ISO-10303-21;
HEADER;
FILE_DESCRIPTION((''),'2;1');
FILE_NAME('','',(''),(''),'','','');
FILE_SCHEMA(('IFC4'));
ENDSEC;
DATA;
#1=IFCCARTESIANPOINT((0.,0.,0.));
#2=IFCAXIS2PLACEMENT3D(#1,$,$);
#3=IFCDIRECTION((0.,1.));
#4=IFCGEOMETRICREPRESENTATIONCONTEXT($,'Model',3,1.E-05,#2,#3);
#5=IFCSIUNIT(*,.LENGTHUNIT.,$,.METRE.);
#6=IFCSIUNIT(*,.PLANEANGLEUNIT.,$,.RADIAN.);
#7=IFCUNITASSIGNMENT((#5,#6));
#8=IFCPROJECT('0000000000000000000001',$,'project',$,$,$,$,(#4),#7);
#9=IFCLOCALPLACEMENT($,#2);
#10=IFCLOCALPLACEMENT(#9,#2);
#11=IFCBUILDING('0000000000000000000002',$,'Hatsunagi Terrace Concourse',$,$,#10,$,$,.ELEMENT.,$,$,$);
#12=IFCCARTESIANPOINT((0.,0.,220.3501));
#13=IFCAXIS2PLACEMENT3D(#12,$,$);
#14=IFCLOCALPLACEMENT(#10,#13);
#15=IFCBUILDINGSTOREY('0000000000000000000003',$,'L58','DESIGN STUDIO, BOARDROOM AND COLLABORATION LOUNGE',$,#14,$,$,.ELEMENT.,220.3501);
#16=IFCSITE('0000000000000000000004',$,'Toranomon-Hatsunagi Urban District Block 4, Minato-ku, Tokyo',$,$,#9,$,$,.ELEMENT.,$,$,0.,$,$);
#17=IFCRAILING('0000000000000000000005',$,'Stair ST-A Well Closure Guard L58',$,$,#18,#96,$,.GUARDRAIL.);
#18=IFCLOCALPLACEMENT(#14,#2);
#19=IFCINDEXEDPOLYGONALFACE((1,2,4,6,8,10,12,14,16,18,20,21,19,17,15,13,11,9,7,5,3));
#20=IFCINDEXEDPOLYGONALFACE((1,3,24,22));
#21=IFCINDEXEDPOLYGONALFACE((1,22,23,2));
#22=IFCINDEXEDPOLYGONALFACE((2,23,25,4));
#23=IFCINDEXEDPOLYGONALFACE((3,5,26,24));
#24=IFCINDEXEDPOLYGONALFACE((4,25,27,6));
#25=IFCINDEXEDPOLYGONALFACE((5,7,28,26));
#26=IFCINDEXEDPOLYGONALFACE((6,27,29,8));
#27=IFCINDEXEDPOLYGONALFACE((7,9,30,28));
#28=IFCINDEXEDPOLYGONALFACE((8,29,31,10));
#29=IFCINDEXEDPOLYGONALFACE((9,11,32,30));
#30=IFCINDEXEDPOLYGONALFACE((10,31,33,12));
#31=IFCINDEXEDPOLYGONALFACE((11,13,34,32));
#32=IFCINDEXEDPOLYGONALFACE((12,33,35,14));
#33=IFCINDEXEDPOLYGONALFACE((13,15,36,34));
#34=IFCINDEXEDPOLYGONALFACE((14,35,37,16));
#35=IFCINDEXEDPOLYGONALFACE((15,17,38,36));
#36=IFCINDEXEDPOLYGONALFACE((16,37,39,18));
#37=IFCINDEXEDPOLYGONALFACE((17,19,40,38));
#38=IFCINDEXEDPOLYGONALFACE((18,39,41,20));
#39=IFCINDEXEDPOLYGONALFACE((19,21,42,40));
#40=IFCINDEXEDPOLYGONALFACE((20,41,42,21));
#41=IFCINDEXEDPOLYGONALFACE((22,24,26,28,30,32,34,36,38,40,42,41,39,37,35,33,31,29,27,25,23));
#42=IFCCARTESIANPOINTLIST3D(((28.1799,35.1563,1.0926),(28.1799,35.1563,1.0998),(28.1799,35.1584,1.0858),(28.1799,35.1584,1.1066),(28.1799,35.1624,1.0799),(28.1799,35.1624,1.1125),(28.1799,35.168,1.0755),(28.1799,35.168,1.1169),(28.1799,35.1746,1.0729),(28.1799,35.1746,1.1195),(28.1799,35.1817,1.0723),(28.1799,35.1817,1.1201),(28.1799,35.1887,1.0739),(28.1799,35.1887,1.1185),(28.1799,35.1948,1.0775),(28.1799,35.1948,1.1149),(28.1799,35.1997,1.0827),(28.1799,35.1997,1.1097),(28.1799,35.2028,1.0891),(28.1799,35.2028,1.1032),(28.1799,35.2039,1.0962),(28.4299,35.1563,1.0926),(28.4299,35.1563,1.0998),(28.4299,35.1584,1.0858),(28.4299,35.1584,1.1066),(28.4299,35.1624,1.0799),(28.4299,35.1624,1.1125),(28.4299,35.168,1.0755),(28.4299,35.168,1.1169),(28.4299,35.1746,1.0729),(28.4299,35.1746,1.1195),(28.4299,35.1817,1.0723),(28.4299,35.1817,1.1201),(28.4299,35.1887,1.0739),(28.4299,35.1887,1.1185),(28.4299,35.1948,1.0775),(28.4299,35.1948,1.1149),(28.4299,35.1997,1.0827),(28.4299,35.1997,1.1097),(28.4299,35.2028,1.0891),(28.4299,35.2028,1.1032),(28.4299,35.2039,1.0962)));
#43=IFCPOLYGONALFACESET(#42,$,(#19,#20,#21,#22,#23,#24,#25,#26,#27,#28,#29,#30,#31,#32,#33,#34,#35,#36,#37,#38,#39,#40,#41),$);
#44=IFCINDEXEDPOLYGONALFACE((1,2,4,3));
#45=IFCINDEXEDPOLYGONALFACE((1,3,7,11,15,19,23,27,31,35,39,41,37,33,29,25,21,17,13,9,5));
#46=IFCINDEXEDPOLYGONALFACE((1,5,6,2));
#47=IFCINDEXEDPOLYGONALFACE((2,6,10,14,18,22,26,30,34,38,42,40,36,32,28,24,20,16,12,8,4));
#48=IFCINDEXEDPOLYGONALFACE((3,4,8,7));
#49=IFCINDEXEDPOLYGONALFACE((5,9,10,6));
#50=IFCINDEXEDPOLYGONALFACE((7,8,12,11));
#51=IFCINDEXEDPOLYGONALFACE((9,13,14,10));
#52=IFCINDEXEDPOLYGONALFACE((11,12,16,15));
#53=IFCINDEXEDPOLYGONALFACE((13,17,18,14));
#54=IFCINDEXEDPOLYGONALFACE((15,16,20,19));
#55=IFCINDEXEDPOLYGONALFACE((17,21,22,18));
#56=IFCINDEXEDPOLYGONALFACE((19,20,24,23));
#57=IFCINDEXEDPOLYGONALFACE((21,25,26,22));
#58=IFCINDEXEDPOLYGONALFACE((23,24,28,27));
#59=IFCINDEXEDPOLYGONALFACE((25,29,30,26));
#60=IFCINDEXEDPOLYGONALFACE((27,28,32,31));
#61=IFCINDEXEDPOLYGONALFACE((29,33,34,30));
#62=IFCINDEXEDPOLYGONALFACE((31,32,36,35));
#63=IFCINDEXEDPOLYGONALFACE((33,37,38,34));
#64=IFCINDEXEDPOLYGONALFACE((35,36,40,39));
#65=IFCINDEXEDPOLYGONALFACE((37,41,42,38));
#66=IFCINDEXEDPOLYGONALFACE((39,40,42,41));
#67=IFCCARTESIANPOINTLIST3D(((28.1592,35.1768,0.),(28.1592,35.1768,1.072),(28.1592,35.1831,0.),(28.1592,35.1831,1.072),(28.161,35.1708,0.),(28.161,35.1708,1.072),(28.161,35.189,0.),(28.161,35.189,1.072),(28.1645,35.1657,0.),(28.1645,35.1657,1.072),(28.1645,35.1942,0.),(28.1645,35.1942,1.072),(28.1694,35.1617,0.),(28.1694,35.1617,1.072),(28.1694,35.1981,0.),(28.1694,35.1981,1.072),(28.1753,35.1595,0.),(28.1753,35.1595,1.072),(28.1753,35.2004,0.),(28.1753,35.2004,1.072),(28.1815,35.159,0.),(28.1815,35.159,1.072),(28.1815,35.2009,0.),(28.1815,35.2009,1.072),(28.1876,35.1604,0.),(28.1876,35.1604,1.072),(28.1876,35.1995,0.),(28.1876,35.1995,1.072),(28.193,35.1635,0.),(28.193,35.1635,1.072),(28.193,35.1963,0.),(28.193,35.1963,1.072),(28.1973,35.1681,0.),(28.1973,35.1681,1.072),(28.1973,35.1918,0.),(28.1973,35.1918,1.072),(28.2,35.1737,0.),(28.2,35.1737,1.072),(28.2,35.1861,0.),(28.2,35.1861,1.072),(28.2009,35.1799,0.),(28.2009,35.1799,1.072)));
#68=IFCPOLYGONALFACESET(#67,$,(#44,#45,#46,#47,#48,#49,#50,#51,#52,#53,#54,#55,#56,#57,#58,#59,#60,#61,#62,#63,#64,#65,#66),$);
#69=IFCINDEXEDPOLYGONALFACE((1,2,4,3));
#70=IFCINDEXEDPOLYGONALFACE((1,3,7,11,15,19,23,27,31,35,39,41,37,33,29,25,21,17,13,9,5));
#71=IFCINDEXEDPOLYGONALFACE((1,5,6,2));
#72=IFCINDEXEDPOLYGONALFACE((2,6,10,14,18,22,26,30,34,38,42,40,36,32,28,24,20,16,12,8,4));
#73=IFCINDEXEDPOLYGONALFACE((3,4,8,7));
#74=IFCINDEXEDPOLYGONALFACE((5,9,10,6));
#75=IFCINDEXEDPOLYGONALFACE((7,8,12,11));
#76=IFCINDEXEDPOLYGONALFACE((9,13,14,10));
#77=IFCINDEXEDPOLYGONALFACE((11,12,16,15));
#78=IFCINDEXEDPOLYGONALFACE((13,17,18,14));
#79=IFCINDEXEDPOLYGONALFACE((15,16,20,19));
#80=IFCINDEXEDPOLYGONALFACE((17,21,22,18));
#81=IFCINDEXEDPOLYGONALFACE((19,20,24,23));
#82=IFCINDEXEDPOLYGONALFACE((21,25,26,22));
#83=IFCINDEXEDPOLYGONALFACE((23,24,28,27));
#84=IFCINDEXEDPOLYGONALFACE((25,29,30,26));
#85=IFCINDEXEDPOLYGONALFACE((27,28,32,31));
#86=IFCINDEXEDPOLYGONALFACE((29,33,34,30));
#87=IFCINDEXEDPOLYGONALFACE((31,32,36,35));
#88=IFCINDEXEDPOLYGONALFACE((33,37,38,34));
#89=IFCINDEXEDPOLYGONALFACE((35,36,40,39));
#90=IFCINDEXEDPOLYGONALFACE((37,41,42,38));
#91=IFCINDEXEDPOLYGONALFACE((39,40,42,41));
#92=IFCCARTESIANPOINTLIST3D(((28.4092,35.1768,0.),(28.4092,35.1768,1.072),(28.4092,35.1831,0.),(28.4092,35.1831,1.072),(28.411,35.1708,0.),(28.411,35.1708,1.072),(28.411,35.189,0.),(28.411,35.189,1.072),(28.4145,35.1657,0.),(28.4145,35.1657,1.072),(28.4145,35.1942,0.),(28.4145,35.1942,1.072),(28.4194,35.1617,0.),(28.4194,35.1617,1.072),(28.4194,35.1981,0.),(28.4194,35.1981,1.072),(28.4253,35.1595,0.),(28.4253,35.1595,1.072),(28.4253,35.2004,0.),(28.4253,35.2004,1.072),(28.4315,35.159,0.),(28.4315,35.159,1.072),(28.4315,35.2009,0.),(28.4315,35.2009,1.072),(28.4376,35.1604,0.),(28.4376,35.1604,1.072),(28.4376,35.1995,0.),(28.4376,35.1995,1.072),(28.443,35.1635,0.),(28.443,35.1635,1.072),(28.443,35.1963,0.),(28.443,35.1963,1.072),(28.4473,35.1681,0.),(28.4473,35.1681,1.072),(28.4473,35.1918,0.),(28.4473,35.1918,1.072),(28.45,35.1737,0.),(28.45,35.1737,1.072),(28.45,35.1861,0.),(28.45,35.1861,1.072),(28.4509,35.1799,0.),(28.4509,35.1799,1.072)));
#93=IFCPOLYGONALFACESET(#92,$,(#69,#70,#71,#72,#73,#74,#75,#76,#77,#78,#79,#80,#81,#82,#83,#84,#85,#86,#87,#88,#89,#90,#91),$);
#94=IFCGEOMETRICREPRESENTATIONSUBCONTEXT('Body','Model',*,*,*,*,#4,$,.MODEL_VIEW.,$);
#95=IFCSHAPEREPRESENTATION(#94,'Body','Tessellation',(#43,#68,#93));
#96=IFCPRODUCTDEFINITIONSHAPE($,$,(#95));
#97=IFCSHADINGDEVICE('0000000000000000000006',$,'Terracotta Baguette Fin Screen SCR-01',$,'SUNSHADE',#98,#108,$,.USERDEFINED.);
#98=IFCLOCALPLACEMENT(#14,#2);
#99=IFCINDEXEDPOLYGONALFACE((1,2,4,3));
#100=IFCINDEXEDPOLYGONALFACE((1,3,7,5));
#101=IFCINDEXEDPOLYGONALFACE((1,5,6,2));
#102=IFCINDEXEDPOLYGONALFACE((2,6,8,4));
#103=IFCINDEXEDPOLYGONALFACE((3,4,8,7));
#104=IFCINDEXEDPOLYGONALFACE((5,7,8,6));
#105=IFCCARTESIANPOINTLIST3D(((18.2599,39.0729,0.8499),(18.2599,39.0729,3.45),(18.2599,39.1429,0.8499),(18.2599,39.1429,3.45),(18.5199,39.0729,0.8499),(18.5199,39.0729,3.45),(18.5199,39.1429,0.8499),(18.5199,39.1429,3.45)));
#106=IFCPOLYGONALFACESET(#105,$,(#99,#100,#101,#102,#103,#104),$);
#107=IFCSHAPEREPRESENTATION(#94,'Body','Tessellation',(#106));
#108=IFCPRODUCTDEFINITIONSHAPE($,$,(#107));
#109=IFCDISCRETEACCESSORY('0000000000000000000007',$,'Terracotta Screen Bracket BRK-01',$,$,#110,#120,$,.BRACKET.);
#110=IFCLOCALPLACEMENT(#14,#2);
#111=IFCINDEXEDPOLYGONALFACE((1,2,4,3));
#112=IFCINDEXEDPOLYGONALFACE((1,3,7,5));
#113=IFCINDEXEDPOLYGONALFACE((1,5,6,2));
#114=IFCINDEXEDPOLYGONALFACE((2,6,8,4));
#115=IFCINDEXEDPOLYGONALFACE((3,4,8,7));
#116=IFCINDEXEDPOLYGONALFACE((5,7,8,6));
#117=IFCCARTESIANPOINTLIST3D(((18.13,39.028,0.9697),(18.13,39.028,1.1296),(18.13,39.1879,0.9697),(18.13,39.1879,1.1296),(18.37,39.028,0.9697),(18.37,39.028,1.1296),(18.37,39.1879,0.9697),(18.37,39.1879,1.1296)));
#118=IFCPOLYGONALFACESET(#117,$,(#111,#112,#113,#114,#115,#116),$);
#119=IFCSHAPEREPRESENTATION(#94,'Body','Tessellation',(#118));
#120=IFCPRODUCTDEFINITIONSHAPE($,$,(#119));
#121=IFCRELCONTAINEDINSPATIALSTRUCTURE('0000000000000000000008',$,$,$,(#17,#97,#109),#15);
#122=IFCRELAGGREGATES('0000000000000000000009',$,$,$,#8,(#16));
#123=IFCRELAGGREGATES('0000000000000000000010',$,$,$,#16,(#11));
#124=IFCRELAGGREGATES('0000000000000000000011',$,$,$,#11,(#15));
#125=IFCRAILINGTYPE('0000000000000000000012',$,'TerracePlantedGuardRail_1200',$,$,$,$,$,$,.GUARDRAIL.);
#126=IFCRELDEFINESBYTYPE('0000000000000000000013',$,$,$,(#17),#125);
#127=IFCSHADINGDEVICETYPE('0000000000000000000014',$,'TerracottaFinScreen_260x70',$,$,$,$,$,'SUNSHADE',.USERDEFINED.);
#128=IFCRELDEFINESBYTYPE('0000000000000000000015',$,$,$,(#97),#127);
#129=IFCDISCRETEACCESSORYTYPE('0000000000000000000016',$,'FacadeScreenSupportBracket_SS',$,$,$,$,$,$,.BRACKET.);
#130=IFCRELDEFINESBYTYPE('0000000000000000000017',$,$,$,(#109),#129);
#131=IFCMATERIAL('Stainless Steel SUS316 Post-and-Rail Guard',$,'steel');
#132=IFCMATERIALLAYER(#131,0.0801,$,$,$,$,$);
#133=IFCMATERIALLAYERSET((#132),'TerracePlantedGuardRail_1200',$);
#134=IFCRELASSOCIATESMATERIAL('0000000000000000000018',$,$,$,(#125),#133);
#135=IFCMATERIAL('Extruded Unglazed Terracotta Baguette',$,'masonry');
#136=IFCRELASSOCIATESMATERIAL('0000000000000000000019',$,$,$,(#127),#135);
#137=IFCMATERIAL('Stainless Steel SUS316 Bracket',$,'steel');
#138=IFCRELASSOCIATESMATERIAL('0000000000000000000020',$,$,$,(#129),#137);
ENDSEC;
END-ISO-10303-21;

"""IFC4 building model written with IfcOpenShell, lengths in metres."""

from ifc_helpers import new_model, si_unit, direction, frame, origin, origin_2d, place, context, subcontext, project, spatial, rectangle, circle, extrude, material, layer, layer_set, type_object, element, save


model = new_model("IFC4")

# Units and contexts
model_context = context("Model", 3, precision=1e-05, world=origin(), true_north=direction((0.0, 1.0)))
body_context = subcontext(model_context, "Body", "Model", "MODEL_VIEW")
ifc_project = project(units=[si_unit("LENGTHUNIT", "METRE"), si_unit("PLANEANGLEUNIT", "RADIAN")], contexts=[model_context])

# Site, building, storey
site_placement = place(None, origin())
site = spatial("IfcSite", under=ifc_project, at=site_placement, Name="Toranomon-Hatsunagi Urban District Block 4, Minato-ku, Tokyo", CompositionType="ELEMENT", RefElevation=0.0)
building_placement = place(site_placement, origin())
building = spatial("IfcBuilding", under=site, at=building_placement, Name="Hatsunagi Terrace Concourse", CompositionType="ELEMENT")
storey_placement = place(building_placement, frame((0.0, 0.0, 220.3501)))
storey = spatial("IfcBuildingStorey", under=building, at=storey_placement, Name="L58", Description="DESIGN STUDIO, BOARDROOM AND COLLABORATION LOUNGE", CompositionType="ELEMENT", Elevation=220.3501)

# Railing
ifc_material_1 = material(Name="Stainless Steel SUS316 Post-and-Rail Guard", Category="steel")
ifc_layer_1 = layer(ifc_material_1, 0.0801)
ifc_layer_set_1 = layer_set([ifc_layer_1], Name="TerracePlantedGuardRail_1200")
railing_type_1 = type_object("IfcRailingType", Name="TerracePlantedGuardRail_1200", PredefinedType="GUARDRAIL", material=ifc_layer_set_1)
railing_1_placement = place(storey_placement, frame((28.1799, 35.1799, 0.0)))
element("IfcRailing", 1, at=railing_1_placement, inside=storey, type_object=railing_type_1, Name="Stair ST-A Well Closure Guard L58", PredefinedType="GUARDRAIL", context=body_context, shape_type="SweptSolid", body=[
    extrude(circle(Radius=0.0239, at=origin_2d()), frame((0.0, 0.0, 1.0962), z_axis=(1.0, 0.0, 0.0), x_axis=(0.0, 1.0, 0.0)), (0.0, 0.0, 1.0), 0.25),
    extrude(circle(Radius=0.021, at=origin_2d()), origin(), (0.0, 0.0, 1.0), 1.072),
    extrude(circle(Radius=0.021, at=origin_2d()), frame((0.25, 0.0, 0.0)), (0.0, 0.0, 1.0), 1.072),
])

# Shading device
ifc_material_2 = material(Name="Extruded Unglazed Terracotta Baguette", Category="masonry")
shading_device_type = type_object("IfcShadingDeviceType", Name="TerracottaFinScreen_260x70", ElementType="SUNSHADE", PredefinedType="USERDEFINED", material=ifc_material_2)
shading_device_placement = place(storey_placement, frame((18.3899, 39.1079, 0.8499), z_axis=(0.0, 0.0, 1.0), x_axis=(0.0, 1.0, 0.0)))
element("IfcShadingDevice", 2, at=shading_device_placement, inside=storey, type_object=shading_device_type, Name="Terracotta Baguette Fin Screen SCR-01", ObjectType="SUNSHADE", PredefinedType="USERDEFINED", context=body_context, shape_type="SweptSolid", body=[
    extrude(rectangle(XDim=0.0701, YDim=0.26, at=origin_2d()), origin(), (0.0, 0.0, 1.0), 2.6001),
])

# Discrete accessory
ifc_material_3 = material(Name="Stainless Steel SUS316 Bracket", Category="steel")
discrete_accessory_type = type_object("IfcDiscreteAccessoryType", Name="FacadeScreenSupportBracket_SS", PredefinedType="BRACKET", material=ifc_material_3)
discrete_accessory_placement = place(storey_placement, frame((18.25, 39.1079, 0.9697), z_axis=(0.0, 0.0, 1.0), x_axis=(0.0, 1.0, 0.0)))
element("IfcDiscreteAccessory", 3, at=discrete_accessory_placement, inside=storey, type_object=discrete_accessory_type, Name="Terracotta Screen Bracket BRK-01", PredefinedType="BRACKET", context=body_context, shape_type="SweptSolid", body=[
    extrude(rectangle(XDim=0.1599, YDim=0.24, at=origin_2d()), origin(), (0.0, 0.0, 1.0), 0.1599),
])

save(model, "model.ifc")
